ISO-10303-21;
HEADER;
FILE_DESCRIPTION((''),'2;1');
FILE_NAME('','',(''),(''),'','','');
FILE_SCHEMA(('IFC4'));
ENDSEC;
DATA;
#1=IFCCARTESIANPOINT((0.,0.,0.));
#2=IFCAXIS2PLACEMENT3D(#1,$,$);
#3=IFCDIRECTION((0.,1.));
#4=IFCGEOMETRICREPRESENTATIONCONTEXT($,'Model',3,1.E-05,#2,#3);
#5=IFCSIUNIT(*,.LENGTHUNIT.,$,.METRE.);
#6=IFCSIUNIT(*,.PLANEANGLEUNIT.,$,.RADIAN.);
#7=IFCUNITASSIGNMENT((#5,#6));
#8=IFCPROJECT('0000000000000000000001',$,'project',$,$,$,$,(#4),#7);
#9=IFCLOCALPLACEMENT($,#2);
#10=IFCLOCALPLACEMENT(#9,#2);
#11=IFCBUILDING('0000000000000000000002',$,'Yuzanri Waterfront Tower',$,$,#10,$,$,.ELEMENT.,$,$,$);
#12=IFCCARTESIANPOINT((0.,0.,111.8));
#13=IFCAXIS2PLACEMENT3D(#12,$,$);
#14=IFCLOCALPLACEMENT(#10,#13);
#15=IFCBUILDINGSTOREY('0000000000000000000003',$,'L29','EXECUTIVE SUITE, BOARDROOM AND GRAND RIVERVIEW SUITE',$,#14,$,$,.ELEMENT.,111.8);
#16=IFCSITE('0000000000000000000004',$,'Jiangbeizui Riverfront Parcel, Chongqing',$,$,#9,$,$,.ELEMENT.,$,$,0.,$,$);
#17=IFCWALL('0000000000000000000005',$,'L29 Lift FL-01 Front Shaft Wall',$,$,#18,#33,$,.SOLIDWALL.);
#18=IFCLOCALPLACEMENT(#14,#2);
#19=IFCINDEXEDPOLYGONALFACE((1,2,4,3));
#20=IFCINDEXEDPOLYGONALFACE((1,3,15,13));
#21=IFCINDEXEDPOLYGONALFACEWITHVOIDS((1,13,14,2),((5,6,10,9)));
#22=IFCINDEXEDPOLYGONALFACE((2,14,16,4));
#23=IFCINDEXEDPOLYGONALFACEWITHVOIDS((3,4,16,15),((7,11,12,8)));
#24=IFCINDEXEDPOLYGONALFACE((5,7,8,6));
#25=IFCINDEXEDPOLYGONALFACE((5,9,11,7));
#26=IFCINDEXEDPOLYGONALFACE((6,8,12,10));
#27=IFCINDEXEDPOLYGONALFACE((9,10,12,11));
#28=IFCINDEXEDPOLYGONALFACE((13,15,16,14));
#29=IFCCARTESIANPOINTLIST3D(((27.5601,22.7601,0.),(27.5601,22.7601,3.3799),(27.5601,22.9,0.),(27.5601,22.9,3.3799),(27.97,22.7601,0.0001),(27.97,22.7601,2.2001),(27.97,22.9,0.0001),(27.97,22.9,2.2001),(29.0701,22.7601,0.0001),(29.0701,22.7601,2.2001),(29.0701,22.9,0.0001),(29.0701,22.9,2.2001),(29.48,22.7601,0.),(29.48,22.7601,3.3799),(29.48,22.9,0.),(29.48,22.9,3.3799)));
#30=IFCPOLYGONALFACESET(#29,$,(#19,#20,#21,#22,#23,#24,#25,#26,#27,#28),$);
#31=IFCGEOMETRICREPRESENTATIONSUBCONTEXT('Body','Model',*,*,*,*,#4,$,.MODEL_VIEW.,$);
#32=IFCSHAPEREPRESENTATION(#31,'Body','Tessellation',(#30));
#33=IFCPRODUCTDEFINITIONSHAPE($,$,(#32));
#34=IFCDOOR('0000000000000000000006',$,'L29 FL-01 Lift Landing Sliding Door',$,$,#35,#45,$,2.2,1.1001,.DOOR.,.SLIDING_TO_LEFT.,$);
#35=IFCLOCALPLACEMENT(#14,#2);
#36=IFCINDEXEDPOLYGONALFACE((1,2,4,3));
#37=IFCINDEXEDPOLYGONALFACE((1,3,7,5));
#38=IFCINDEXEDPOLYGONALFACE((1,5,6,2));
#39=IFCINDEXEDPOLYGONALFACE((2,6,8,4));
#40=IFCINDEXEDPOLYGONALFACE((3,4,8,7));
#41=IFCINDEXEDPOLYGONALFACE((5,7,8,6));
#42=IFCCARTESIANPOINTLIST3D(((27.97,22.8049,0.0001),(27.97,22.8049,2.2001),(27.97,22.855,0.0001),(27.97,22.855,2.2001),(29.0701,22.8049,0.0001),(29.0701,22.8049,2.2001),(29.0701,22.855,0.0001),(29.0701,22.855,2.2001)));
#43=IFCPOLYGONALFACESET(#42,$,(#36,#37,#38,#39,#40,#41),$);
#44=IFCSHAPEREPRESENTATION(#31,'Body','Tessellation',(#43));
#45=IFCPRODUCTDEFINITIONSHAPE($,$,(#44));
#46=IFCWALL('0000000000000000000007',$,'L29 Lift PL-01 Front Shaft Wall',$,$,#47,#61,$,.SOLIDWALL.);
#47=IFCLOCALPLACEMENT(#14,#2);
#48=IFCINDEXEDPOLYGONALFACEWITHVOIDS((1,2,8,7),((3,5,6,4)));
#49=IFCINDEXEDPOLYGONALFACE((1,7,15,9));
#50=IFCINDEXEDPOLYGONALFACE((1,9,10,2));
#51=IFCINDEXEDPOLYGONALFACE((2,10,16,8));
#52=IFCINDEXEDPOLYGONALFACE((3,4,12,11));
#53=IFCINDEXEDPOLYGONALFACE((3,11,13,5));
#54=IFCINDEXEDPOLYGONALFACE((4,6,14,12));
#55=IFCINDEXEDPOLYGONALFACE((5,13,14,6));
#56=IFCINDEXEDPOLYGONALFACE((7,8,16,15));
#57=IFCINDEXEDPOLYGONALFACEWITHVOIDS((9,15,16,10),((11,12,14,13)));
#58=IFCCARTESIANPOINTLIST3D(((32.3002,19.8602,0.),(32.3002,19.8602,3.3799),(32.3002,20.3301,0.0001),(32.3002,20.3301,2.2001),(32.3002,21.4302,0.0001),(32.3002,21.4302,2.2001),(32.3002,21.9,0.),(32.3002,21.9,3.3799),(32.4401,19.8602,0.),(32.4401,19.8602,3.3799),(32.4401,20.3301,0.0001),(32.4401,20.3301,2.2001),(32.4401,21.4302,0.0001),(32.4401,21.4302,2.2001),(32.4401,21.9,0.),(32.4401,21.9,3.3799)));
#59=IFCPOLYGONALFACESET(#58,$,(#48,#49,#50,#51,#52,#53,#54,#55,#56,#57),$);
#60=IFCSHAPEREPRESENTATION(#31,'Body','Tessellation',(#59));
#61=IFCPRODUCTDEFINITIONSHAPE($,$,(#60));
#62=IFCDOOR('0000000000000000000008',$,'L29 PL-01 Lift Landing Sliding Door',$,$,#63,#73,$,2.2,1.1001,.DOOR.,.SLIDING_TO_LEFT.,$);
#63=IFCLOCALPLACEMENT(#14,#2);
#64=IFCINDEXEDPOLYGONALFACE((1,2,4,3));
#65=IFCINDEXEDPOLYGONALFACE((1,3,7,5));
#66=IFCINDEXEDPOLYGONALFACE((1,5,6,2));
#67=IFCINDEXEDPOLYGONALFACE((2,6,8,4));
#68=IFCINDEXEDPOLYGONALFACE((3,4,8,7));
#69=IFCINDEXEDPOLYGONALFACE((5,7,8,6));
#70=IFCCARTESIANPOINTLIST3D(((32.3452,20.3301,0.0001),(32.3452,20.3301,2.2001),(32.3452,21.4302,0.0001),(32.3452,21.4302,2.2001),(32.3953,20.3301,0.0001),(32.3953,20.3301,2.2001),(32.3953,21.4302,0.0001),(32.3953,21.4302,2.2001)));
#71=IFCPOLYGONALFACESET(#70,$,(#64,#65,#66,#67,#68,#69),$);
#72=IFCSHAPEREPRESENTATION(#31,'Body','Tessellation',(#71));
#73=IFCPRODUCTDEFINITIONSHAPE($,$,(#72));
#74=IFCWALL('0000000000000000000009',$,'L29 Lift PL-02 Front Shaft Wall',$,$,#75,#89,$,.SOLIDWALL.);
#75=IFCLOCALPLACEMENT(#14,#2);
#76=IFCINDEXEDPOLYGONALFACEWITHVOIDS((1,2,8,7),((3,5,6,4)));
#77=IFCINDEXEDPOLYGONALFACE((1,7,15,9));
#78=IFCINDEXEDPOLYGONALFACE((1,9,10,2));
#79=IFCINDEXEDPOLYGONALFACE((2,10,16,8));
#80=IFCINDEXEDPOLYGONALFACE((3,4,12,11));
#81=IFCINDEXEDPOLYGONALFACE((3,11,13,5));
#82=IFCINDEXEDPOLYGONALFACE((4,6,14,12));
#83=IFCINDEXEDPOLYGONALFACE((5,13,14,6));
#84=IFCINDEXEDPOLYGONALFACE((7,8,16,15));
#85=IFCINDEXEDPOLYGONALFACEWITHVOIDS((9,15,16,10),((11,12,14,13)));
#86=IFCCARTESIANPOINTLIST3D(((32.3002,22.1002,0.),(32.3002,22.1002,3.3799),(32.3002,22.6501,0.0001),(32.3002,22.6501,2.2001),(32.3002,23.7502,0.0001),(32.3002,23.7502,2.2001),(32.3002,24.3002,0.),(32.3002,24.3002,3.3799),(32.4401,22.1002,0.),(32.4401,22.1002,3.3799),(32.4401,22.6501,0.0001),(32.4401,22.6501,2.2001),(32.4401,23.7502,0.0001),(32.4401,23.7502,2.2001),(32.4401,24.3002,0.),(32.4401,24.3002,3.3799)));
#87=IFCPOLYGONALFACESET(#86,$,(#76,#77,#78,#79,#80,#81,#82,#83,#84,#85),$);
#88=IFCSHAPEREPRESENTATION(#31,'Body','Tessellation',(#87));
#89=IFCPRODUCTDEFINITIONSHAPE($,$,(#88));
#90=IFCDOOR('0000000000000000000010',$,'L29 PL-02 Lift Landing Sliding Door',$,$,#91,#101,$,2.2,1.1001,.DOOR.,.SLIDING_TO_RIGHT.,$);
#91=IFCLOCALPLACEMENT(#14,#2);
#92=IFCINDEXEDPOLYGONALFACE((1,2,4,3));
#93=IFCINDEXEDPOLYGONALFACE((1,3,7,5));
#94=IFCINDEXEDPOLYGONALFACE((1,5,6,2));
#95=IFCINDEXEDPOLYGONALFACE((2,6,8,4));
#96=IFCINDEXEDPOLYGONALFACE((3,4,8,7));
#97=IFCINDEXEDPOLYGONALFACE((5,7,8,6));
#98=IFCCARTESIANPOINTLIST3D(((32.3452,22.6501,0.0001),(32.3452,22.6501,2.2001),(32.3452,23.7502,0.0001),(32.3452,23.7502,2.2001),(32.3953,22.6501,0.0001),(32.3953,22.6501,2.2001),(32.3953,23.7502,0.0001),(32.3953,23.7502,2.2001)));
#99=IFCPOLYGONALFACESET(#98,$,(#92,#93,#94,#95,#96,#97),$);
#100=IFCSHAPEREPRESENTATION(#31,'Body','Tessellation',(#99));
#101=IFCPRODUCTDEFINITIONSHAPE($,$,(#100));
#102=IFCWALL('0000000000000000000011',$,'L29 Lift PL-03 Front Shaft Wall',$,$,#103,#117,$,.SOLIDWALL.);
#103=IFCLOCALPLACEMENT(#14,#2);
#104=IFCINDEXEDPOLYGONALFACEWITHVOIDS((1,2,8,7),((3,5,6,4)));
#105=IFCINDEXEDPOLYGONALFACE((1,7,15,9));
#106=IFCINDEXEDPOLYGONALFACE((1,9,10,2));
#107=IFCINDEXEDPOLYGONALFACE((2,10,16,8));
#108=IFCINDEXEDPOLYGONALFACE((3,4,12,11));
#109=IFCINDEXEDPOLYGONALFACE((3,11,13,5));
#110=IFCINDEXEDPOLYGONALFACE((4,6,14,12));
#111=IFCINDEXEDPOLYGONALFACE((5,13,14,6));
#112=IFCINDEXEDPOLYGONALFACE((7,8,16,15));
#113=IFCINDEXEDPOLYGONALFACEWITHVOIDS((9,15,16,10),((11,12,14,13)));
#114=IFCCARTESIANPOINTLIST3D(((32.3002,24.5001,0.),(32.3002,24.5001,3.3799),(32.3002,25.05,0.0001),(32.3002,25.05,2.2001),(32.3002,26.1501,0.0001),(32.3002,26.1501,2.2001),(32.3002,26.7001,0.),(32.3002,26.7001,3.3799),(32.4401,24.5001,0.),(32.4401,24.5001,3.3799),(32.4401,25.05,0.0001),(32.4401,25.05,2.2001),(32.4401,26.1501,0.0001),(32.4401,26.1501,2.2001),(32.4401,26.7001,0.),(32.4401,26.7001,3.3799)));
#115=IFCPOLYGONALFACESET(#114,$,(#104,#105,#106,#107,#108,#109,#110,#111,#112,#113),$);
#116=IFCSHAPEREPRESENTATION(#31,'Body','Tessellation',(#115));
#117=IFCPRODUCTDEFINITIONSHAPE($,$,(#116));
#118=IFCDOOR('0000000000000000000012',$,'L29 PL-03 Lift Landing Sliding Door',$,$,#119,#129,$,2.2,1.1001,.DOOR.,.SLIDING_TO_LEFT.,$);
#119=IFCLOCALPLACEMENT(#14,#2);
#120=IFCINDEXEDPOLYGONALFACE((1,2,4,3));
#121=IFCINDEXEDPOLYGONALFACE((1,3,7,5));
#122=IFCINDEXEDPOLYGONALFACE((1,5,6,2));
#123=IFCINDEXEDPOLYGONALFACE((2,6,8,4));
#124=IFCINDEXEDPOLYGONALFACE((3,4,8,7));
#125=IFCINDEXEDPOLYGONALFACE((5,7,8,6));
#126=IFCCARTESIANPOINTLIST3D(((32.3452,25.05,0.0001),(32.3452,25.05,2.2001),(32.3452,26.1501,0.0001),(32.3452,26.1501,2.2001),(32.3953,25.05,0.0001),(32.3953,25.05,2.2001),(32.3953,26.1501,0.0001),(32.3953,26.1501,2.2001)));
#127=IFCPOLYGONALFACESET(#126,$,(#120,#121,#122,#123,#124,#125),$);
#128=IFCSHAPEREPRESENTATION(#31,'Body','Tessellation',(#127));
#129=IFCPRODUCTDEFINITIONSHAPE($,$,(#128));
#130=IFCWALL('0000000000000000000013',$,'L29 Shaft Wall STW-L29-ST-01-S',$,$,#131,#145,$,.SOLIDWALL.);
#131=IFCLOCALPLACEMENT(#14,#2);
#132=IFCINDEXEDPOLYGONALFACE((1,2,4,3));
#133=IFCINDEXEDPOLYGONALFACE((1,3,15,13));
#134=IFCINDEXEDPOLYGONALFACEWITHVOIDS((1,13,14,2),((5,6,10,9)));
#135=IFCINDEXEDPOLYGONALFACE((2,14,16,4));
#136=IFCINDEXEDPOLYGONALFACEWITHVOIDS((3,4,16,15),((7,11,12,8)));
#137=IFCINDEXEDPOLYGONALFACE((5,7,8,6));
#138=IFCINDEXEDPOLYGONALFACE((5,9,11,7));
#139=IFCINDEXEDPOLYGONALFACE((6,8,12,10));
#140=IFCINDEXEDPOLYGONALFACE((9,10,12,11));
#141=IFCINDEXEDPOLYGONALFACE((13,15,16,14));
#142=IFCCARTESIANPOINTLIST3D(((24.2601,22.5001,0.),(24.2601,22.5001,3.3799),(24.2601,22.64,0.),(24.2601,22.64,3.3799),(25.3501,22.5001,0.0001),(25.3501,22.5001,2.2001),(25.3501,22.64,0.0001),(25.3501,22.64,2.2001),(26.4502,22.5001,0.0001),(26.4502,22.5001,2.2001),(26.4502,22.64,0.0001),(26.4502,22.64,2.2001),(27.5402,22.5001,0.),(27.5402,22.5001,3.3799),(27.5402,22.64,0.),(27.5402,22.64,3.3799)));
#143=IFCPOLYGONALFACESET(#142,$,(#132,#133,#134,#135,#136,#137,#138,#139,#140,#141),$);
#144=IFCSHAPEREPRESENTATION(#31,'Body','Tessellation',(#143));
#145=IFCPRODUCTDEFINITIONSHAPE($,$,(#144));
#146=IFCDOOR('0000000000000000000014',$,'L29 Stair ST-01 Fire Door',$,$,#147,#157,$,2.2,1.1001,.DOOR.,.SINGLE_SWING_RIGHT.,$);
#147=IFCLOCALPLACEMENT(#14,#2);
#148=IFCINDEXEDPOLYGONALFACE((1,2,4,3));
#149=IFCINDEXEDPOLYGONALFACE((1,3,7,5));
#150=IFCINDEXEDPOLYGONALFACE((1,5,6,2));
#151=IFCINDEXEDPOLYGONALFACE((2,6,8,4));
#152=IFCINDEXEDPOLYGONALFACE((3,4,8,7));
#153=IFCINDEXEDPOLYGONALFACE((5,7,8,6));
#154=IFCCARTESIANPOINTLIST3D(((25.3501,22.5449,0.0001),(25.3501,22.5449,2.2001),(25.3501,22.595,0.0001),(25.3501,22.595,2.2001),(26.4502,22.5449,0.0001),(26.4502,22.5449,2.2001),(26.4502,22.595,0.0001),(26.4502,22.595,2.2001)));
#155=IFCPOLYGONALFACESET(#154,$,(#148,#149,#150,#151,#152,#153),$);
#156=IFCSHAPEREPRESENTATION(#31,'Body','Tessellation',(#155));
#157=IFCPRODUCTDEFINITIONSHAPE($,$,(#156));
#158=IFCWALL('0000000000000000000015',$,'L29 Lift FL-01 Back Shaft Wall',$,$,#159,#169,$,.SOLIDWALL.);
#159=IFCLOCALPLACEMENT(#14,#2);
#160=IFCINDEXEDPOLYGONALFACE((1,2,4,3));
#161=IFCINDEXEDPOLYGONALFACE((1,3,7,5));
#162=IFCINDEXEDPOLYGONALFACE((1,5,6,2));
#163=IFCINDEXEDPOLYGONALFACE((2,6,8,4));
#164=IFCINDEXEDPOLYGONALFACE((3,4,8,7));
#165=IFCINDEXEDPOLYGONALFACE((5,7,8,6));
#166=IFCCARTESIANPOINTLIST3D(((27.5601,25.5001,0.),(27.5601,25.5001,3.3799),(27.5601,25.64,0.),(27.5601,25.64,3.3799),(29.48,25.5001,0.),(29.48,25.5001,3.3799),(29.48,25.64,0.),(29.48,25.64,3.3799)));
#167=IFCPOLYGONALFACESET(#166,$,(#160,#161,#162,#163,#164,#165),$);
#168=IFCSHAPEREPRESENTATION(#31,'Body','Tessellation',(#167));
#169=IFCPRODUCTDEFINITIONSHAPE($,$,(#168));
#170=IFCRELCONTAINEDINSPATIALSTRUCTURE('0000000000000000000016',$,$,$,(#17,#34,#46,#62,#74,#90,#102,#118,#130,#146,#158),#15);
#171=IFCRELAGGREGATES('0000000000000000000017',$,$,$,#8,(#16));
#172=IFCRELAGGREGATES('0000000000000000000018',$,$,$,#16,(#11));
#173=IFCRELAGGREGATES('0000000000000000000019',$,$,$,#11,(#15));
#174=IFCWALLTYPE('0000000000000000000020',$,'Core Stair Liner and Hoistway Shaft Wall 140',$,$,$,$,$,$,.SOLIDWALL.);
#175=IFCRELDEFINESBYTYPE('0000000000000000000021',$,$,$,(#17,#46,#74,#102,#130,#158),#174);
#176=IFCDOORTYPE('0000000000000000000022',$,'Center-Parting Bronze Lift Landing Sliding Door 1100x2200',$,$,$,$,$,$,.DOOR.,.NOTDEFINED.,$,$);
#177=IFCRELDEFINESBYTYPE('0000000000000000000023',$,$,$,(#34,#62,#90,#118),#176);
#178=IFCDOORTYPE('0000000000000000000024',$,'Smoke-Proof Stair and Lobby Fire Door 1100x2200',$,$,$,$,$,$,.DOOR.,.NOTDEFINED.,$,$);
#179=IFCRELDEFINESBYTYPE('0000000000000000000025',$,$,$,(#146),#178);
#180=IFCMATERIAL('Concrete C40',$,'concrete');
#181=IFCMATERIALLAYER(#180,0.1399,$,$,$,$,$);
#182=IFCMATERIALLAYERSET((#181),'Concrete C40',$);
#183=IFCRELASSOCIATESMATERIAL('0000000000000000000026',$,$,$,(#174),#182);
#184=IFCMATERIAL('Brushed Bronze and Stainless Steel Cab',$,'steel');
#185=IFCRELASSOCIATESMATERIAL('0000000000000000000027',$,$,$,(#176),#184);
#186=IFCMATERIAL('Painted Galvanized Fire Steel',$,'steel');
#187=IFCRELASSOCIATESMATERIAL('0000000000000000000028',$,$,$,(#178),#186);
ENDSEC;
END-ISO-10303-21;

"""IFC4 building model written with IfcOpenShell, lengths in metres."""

from ifc_helpers import new_model, si_unit, direction, frame, frame_2d, origin, place, context, subcontext, project, spatial, rectangle, extrude, source, transform, mapped, material, layer, layer_set, type_object, element, fill, save


model = new_model("IFC4")

# Units and contexts
model_context = context("Model", 3, precision=1e-05, world=origin(), true_north=direction((0.0, 1.0)))
body_context = subcontext(model_context, "Body", "Model", "MODEL_VIEW")
ifc_project = project(units=[si_unit("LENGTHUNIT", "METRE"), si_unit("PLANEANGLEUNIT", "RADIAN")], contexts=[model_context])

# Site, building, storey
site_placement = place(None, origin())
site = spatial("IfcSite", under=ifc_project, at=site_placement, Name="Jiangbeizui Riverfront Parcel, Chongqing", CompositionType="ELEMENT", RefElevation=0.0)
building_placement = place(site_placement, origin())
building = spatial("IfcBuilding", under=site, at=building_placement, Name="Yuzanri Waterfront Tower", CompositionType="ELEMENT")
storey_placement = place(building_placement, frame((0.0, 0.0, 111.8)))
storey = spatial("IfcBuildingStorey", under=building, at=storey_placement, Name="L29", Description="EXECUTIVE SUITE, BOARDROOM AND GRAND RIVERVIEW SUITE", CompositionType="ELEMENT", Elevation=111.8)

# Walls, openings, doors
ifc_material_1 = material(Name="Concrete C40", Category="concrete")
ifc_layer_1 = layer(ifc_material_1, 0.1399)
ifc_layer_set_1 = layer_set([ifc_layer_1], Name="Concrete C40")
wall_type = type_object("IfcWallType", Name="Core Stair Liner and Hoistway Shaft Wall 140", PredefinedType="SOLIDWALL", material=ifc_layer_set_1)
wall_1_placement = place(storey_placement, frame((27.5601, 22.8301, 0.0), z_axis=(0.0, 0.0, 1.0), x_axis=(1.0, 0.0, 0.0)))
wall_1 = element("IfcWall", 1, at=wall_1_placement, inside=storey, type_object=wall_type, Name="L29 Lift FL-01 Front Shaft Wall", PredefinedType="SOLIDWALL", context=body_context, shape_type="SweptSolid", body=[
    extrude(rectangle(XDim=1.9199, YDim=0.1399, at=frame_2d((0.96, 0.0))), origin(), (0.0, 0.0, 1.0), 3.3799),
])
opening_1_placement = place(wall_1_placement, frame((0.4099, 0.0, 0.0)))
opening_1 = element("IfcOpeningElement", 2, at=opening_1_placement, cuts=wall_1, PredefinedType="OPENING", context=body_context, shape_type="SweptSolid", body=[
    extrude(rectangle(XDim=1.1001, YDim=2.2, at=frame_2d((0.55, 1.1001))), frame((0.0, 0.085, 0.0), z_axis=(0.0, -1.0, 0.0), x_axis=(1.0, 0.0, 0.0)), (0.0, 0.0, 1.0), 0.1697),
])
ifc_material_2 = material(Name="Brushed Bronze and Stainless Steel Cab", Category="steel")
door_type_1 = type_object("IfcDoorType", Name="Center-Parting Bronze Lift Landing Sliding Door 1100x2200", OperationType="NOTDEFINED", PredefinedType="DOOR", material=ifc_material_2)
shared_shape_1 = source(origin(), body_context, "Body", "SweptSolid", [
    extrude(rectangle(XDim=1.1001, YDim=2.2, at=frame_2d((0.55, 1.1001))), frame((0.0, 0.0249, 0.0), z_axis=(0.0, -1.0, 0.0), x_axis=(1.0, 0.0, 0.0)), (0.0, 0.0, 1.0), 0.05),
])
door_1_placement = place(opening_1_placement, origin())
door_1 = element("IfcDoor", 3, at=door_1_placement, inside=storey, type_object=door_type_1, Name="L29 FL-01 Lift Landing Sliding Door", OperationType="SLIDING_TO_LEFT", OverallHeight=2.2, OverallWidth=1.1001, PredefinedType="DOOR", context=body_context, shape_type="MappedRepresentation", body=[
    mapped(shared_shape_1, transform((0.0, 0.0, 0.0), scale=1.0)),
])
fill(opening_1, door_1)
wall_2_placement = place(storey_placement, frame((32.3701, 19.8601, 0.0), z_axis=(0.0, 0.0, 1.0), x_axis=(0.0, 1.0, 0.0)))
wall_2 = element("IfcWall", 4, at=wall_2_placement, inside=storey, type_object=wall_type, Name="L29 Lift PL-01 Front Shaft Wall", PredefinedType="SOLIDWALL", context=body_context, shape_type="SweptSolid", body=[
    extrude(rectangle(XDim=2.0398, YDim=0.1399, at=frame_2d((1.02, 0.0))), origin(), (0.0, 0.0, 1.0), 3.3799),
])
opening_2_placement = place(wall_2_placement, frame((0.47, 0.0, 0.0)))
opening_2 = element("IfcOpeningElement", 5, at=opening_2_placement, cuts=wall_2, PredefinedType="OPENING", context=body_context, shape_type="SweptSolid", body=[
    extrude(rectangle(XDim=1.1001, YDim=2.2, at=frame_2d((0.55, 1.1001))), frame((0.0, 0.085, 0.0), z_axis=(0.0, -1.0, 0.0), x_axis=(1.0, 0.0, 0.0)), (0.0, 0.0, 1.0), 0.1697),
])
door_2_placement = place(opening_2_placement, origin())
door_2 = element("IfcDoor", 6, at=door_2_placement, inside=storey, type_object=door_type_1, Name="L29 PL-01 Lift Landing Sliding Door", OperationType="SLIDING_TO_LEFT", OverallHeight=2.2, OverallWidth=1.1001, PredefinedType="DOOR", context=body_context, shape_type="MappedRepresentation", body=[
    mapped(shared_shape_1, transform((0.0, 0.0, 0.0), scale=1.0)),
])
fill(opening_2, door_2)
wall_3_placement = place(storey_placement, frame((32.3701, 22.1001, 0.0), z_axis=(0.0, 0.0, 1.0), x_axis=(0.0, 1.0, 0.0)))
wall_3 = element("IfcWall", 7, at=wall_3_placement, inside=storey, type_object=wall_type, Name="L29 Lift PL-02 Front Shaft Wall", PredefinedType="SOLIDWALL", context=body_context, shape_type="SweptSolid", body=[
    extrude(rectangle(XDim=2.2, YDim=0.1399, at=frame_2d((1.1001, 0.0))), origin(), (0.0, 0.0, 1.0), 3.3799),
])
opening_3_placement = place(wall_3_placement, frame((0.55, 0.0, 0.0)))
opening_3 = element("IfcOpeningElement", 8, at=opening_3_placement, cuts=wall_3, PredefinedType="OPENING", context=body_context, shape_type="SweptSolid", body=[
    extrude(rectangle(XDim=1.1001, YDim=2.2, at=frame_2d((0.55, 1.1001))), frame((0.0, 0.085, 0.0), z_axis=(0.0, -1.0, 0.0), x_axis=(1.0, 0.0, 0.0)), (0.0, 0.0, 1.0), 0.1697),
])
door_3_placement = place(opening_3_placement, origin())
door_3 = element("IfcDoor", 9, at=door_3_placement, inside=storey, type_object=door_type_1, Name="L29 PL-02 Lift Landing Sliding Door", OperationType="SLIDING_TO_RIGHT", OverallHeight=2.2, OverallWidth=1.1001, PredefinedType="DOOR", context=body_context, shape_type="MappedRepresentation", body=[
    mapped(shared_shape_1, transform((0.0, 0.0, 0.0), scale=1.0)),
])
fill(opening_3, door_3)
wall_4_placement = place(storey_placement, frame((32.3701, 24.5, 0.0), z_axis=(0.0, 0.0, 1.0), x_axis=(0.0, 1.0, 0.0)))
wall_4 = element("IfcWall", 10, at=wall_4_placement, inside=storey, type_object=wall_type, Name="L29 Lift PL-03 Front Shaft Wall", PredefinedType="SOLIDWALL", context=body_context, shape_type="SweptSolid", body=[
    extrude(rectangle(XDim=2.2, YDim=0.1399, at=frame_2d((1.1001, 0.0))), origin(), (0.0, 0.0, 1.0), 3.3799),
])
opening_4_placement = place(wall_4_placement, frame((0.55, 0.0, 0.0)))
opening_4 = element("IfcOpeningElement", 11, at=opening_4_placement, cuts=wall_4, PredefinedType="OPENING", context=body_context, shape_type="SweptSolid", body=[
    extrude(rectangle(XDim=1.1001, YDim=2.2, at=frame_2d((0.55, 1.1001))), frame((0.0, 0.085, 0.0), z_axis=(0.0, -1.0, 0.0), x_axis=(1.0, 0.0, 0.0)), (0.0, 0.0, 1.0), 0.1697),
])
door_4_placement = place(opening_4_placement, origin())
door_4 = element("IfcDoor", 12, at=door_4_placement, inside=storey, type_object=door_type_1, Name="L29 PL-03 Lift Landing Sliding Door", OperationType="SLIDING_TO_LEFT", OverallHeight=2.2, OverallWidth=1.1001, PredefinedType="DOOR", context=body_context, shape_type="MappedRepresentation", body=[
    mapped(shared_shape_1, transform((0.0, 0.0, 0.0), scale=1.0)),
])
fill(opening_4, door_4)
wall_5_placement = place(storey_placement, frame((24.26, 22.5701, 0.0), z_axis=(0.0, 0.0, 1.0), x_axis=(1.0, 0.0, 0.0)))
wall_5 = element("IfcWall", 13, at=wall_5_placement, inside=storey, type_object=wall_type, Name="L29 Shaft Wall STW-L29-ST-01-S", PredefinedType="SOLIDWALL", context=body_context, shape_type="SweptSolid", body=[
    extrude(rectangle(XDim=3.28, YDim=0.1399, at=frame_2d((1.6401, 0.0))), origin(), (0.0, 0.0, 1.0), 3.3799),
])
opening_5_placement = place(wall_5_placement, frame((1.0901, 0.0, 0.0)))
opening_5 = element("IfcOpeningElement", 14, at=opening_5_placement, cuts=wall_5, PredefinedType="OPENING", context=body_context, shape_type="SweptSolid", body=[
    extrude(rectangle(XDim=1.1001, YDim=2.2, at=frame_2d((0.55, 1.1001))), frame((0.0, 0.085, 0.0), z_axis=(0.0, -1.0, 0.0), x_axis=(1.0, 0.0, 0.0)), (0.0, 0.0, 1.0), 0.1697),
])
ifc_material_3 = material(Name="Painted Galvanized Fire Steel", Category="steel")
door_type_2 = type_object("IfcDoorType", Name="Smoke-Proof Stair and Lobby Fire Door 1100x2200", OperationType="NOTDEFINED", PredefinedType="DOOR", material=ifc_material_3)
shared_shape_2 = source(origin(), body_context, "Body", "SweptSolid", [
    extrude(rectangle(XDim=1.1001, YDim=2.2, at=frame_2d((0.55, 1.1001))), frame((0.0, 0.0249, 0.0), z_axis=(0.0, -1.0, 0.0), x_axis=(1.0, 0.0, 0.0)), (0.0, 0.0, 1.0), 0.05),
])
door_5_placement = place(opening_5_placement, origin())
door_5 = element("IfcDoor", 15, at=door_5_placement, inside=storey, type_object=door_type_2, Name="L29 Stair ST-01 Fire Door", OperationType="SINGLE_SWING_RIGHT", OverallHeight=2.2, OverallWidth=1.1001, PredefinedType="DOOR", context=body_context, shape_type="MappedRepresentation", body=[
    mapped(shared_shape_2, transform((0.0, 0.0, 0.0), scale=1.0)),
])
fill(opening_5, door_5)

# Wall
shared_shape_3 = source(origin(), body_context, "Body", "SweptSolid", [
    extrude(rectangle(XDim=1.9199, YDim=0.1399, at=frame_2d((0.96, 0.0))), origin(), (0.0, 0.0, 1.0), 3.3799),
])
wall_6_placement = place(storey_placement, frame((27.5601, 25.5701, 0.0), z_axis=(0.0, 0.0, 1.0), x_axis=(1.0, 0.0, 0.0)))
element("IfcWall", 16, at=wall_6_placement, inside=storey, type_object=wall_type, Name="L29 Lift FL-01 Back Shaft Wall", PredefinedType="SOLIDWALL", context=body_context, shape_type="MappedRepresentation", body=[
    mapped(shared_shape_3, transform((0.0, 0.0, 0.0), scale=1.0)),
])

save(model, "model.ifc")
